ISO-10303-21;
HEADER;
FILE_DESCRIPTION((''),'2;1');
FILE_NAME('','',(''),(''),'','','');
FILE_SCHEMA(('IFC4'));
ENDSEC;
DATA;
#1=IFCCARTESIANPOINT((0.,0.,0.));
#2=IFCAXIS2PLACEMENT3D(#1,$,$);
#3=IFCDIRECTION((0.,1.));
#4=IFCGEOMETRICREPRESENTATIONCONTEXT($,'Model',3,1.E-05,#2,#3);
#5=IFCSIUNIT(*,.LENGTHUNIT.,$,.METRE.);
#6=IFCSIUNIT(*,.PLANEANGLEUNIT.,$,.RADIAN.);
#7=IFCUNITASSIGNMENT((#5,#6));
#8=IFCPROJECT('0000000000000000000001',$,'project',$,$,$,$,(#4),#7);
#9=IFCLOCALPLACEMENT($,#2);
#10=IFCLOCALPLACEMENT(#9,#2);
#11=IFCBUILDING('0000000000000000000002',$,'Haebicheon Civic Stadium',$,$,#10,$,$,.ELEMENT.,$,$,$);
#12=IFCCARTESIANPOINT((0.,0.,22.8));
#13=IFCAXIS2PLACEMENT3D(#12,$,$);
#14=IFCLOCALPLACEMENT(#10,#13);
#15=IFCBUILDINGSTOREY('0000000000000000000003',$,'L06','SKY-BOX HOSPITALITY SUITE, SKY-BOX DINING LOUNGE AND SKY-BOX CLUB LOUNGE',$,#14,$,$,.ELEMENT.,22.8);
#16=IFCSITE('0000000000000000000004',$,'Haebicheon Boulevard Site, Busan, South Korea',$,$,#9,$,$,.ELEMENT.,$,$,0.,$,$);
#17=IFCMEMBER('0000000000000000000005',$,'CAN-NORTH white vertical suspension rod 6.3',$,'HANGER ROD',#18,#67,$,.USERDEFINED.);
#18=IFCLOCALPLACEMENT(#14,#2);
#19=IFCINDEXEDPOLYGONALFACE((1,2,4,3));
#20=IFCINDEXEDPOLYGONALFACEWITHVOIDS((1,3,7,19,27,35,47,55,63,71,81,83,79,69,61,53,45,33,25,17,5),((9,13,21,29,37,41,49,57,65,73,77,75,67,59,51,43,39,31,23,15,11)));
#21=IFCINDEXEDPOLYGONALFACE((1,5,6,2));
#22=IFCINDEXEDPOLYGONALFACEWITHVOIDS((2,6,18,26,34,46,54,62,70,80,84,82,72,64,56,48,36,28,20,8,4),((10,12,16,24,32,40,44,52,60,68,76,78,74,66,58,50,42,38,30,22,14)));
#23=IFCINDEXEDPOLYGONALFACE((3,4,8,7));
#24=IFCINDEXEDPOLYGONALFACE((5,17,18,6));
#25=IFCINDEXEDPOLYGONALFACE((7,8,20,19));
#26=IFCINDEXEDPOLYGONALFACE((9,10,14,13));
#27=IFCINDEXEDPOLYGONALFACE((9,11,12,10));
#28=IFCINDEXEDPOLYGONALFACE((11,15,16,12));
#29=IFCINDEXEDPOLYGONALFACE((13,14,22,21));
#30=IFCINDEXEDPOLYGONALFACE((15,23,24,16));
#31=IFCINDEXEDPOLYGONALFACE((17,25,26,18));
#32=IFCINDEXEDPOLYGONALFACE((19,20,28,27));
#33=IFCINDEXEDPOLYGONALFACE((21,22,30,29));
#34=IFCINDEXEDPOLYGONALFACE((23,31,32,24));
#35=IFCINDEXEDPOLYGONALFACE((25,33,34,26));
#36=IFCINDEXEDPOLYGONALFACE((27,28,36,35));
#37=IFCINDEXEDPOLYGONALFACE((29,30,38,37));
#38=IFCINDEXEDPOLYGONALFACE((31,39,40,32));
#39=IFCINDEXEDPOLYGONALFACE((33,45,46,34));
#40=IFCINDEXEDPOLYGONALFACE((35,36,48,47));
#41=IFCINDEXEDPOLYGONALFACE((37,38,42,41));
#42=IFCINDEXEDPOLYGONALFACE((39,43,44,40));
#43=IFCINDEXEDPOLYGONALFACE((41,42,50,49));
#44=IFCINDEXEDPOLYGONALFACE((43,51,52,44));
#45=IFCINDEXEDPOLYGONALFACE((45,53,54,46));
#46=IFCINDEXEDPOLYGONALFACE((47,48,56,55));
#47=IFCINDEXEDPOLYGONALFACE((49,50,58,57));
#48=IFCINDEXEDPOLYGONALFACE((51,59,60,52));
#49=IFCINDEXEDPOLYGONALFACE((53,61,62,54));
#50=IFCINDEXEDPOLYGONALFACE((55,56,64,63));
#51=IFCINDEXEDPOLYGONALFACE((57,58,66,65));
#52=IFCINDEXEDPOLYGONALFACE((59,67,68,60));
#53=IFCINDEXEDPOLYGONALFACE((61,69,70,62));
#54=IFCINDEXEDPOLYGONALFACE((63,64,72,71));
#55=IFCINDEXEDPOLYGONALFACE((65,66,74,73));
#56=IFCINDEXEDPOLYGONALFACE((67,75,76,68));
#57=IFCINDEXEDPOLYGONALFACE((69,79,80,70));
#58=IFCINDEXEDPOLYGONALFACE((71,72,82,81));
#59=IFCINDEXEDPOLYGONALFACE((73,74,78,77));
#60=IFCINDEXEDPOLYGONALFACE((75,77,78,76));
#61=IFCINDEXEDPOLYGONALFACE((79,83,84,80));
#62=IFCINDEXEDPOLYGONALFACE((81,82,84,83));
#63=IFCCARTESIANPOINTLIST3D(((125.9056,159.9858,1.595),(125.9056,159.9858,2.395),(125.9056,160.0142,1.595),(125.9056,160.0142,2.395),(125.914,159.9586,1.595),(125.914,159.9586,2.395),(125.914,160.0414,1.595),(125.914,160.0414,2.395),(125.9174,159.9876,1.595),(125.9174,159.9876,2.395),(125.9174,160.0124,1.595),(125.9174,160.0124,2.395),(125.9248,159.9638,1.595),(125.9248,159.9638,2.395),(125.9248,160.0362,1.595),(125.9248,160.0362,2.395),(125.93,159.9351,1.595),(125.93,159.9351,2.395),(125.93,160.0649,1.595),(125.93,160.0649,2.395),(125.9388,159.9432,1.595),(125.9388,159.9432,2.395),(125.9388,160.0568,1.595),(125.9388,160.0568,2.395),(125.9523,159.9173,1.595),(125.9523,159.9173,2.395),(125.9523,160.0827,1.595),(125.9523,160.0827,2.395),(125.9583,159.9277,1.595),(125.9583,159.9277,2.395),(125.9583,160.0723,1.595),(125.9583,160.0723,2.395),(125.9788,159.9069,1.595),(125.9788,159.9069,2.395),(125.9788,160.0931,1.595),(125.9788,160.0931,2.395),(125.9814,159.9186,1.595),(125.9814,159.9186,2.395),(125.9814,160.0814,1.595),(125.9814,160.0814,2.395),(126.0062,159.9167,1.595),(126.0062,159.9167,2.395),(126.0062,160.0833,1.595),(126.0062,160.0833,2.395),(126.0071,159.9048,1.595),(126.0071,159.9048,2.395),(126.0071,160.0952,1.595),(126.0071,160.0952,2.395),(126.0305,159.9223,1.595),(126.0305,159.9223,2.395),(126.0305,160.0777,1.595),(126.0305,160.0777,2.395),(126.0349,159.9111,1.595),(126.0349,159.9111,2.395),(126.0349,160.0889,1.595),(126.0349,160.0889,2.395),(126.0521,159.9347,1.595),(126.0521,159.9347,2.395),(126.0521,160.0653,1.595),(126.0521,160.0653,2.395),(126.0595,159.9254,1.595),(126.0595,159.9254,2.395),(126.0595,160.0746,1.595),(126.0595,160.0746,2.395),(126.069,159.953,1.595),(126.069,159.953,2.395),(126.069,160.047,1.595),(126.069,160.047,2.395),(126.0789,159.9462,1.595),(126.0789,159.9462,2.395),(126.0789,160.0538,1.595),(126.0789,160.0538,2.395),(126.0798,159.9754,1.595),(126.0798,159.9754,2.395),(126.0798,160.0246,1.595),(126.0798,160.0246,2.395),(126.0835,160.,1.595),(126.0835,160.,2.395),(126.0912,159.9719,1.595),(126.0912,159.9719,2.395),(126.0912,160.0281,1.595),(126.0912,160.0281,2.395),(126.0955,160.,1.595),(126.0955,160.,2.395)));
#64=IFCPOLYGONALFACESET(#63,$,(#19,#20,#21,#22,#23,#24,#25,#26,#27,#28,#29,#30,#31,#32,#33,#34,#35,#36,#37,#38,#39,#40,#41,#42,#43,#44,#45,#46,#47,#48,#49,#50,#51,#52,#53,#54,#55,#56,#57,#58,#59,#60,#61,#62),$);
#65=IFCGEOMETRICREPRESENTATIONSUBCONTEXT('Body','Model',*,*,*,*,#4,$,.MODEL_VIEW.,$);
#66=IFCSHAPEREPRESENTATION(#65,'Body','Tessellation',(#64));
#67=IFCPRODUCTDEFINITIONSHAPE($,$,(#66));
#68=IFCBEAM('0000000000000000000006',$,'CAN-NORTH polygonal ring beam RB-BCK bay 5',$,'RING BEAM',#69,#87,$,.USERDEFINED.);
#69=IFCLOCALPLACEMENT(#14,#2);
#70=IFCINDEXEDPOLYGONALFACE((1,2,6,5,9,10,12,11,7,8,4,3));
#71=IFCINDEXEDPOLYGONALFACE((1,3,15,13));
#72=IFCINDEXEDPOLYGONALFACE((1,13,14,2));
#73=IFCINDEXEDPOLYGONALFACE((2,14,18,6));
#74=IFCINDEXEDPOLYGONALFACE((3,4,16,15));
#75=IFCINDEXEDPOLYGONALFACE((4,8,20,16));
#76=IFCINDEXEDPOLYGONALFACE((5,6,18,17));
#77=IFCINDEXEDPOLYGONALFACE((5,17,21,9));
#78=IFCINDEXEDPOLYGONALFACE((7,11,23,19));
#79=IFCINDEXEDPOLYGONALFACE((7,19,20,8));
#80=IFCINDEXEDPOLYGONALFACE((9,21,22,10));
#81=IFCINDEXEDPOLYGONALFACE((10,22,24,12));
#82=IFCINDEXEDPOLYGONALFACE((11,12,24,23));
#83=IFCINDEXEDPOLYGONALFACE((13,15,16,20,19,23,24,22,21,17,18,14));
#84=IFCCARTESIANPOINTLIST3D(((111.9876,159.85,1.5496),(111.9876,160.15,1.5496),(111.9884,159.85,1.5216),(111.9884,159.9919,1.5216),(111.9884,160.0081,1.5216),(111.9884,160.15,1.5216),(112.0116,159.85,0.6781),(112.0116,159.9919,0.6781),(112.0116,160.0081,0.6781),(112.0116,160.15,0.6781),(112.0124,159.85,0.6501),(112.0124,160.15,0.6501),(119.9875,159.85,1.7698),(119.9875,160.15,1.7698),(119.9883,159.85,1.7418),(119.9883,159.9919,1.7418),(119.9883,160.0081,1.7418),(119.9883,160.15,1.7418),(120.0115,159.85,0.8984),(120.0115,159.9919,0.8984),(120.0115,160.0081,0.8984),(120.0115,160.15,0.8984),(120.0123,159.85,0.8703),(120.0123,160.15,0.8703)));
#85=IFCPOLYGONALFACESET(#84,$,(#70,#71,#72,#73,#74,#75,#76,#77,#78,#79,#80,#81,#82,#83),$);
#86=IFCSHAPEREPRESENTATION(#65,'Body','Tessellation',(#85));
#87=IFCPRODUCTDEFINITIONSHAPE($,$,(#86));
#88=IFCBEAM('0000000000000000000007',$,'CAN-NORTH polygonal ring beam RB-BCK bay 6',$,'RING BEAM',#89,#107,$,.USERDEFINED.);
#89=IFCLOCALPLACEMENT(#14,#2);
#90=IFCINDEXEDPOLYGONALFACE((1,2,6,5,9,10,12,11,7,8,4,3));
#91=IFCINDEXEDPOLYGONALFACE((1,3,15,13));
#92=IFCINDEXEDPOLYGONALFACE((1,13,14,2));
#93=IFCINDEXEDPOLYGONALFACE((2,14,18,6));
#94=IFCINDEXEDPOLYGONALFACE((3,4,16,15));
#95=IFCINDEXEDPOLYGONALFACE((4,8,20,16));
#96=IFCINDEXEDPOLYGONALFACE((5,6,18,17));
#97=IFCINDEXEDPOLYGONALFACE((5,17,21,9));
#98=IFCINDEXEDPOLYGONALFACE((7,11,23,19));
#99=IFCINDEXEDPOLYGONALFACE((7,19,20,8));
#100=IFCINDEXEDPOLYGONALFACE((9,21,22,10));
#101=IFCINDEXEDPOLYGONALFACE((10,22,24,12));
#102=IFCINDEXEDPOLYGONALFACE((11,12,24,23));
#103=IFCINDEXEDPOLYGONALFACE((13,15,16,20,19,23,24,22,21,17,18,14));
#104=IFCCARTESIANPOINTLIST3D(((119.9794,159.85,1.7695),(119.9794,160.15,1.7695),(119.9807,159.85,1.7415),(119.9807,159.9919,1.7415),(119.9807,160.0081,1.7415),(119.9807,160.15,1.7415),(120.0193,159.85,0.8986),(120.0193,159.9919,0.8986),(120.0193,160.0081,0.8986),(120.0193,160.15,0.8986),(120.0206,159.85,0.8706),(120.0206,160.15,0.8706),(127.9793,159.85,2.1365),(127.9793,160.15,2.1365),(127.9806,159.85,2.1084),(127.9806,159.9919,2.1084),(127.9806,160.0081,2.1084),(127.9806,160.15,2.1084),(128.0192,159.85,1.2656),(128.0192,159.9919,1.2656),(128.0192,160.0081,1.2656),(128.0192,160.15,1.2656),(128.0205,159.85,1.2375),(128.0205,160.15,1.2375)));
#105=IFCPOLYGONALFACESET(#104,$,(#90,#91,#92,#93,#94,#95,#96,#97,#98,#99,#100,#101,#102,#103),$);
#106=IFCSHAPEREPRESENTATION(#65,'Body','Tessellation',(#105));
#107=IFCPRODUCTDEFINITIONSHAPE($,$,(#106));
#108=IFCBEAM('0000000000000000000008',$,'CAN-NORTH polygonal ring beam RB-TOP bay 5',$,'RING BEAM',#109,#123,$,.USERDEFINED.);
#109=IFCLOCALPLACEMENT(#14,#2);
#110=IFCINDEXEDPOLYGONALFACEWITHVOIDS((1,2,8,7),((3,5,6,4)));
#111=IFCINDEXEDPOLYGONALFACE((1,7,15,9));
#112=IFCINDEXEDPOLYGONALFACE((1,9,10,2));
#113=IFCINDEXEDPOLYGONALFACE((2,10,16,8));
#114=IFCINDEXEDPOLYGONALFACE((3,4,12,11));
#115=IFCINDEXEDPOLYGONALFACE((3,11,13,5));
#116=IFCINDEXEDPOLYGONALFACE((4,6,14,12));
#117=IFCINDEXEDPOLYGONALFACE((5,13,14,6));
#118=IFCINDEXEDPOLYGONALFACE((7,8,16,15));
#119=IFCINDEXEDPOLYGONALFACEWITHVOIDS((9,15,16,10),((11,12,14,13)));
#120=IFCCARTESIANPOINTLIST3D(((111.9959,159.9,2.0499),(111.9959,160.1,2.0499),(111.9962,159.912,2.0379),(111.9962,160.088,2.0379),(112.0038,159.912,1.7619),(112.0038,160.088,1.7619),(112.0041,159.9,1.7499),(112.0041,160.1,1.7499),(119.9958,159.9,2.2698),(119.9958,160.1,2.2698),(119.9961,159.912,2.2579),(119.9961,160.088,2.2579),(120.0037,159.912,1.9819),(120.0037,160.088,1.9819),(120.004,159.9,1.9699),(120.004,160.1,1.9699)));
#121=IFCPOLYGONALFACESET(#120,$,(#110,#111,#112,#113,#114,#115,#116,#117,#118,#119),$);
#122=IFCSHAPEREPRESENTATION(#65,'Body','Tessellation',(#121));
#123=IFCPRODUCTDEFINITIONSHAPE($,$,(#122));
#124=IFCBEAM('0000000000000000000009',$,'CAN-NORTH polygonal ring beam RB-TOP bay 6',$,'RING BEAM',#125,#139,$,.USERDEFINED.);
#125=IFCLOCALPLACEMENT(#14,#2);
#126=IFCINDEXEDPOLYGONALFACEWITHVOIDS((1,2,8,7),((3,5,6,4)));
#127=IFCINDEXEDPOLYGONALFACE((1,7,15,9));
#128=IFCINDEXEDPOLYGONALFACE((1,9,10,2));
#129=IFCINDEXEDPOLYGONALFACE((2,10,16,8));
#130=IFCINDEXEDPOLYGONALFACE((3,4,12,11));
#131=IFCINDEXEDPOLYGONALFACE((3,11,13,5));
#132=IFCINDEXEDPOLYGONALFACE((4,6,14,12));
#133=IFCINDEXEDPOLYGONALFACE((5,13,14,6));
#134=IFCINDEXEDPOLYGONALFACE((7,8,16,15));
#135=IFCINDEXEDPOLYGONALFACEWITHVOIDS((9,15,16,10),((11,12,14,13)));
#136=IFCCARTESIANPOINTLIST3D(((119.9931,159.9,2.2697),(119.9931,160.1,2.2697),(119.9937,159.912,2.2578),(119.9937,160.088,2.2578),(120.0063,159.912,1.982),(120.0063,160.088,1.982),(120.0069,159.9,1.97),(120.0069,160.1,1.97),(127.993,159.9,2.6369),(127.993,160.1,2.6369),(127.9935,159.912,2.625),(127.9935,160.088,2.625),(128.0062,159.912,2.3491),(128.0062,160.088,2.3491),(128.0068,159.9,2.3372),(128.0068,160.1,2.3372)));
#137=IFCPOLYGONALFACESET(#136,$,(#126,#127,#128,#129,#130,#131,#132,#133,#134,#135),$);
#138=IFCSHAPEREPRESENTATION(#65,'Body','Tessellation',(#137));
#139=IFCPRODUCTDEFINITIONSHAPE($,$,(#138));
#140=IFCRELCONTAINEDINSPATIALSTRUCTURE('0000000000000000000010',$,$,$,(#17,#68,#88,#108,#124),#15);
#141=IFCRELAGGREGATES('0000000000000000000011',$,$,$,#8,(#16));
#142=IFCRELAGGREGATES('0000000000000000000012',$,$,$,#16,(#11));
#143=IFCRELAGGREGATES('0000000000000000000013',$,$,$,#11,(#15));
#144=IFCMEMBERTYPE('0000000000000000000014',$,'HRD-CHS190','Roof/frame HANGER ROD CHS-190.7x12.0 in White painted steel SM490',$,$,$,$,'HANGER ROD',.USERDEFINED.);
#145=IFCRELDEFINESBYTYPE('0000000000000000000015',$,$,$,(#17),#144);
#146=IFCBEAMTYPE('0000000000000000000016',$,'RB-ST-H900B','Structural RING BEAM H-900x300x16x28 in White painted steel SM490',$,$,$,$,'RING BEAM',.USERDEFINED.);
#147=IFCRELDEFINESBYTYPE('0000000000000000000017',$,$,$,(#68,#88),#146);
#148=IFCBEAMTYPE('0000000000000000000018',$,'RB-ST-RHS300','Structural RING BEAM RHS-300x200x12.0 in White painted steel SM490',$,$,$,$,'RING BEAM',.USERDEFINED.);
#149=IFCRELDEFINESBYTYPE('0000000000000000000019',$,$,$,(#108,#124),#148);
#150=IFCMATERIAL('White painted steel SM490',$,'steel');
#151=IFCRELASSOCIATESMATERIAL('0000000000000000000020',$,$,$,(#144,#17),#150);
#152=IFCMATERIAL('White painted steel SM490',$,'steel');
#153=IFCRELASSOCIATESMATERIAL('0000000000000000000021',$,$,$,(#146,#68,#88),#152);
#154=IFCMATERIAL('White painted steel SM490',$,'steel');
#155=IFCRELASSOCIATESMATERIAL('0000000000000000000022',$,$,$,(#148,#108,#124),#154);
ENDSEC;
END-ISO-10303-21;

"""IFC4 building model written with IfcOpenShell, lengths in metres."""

from ifc_helpers import new_model, si_unit, direction, frame, origin, origin_2d, place, context, subcontext, project, spatial, hollow_rectangle, hollow_circle, i_section, extrude, material, material_profile, profile_set, type_object, element, save


model = new_model("IFC4")

# Units and contexts
model_context = context("Model", 3, precision=1e-05, world=origin(), true_north=direction((0.0, 1.0)))
body_context = subcontext(model_context, "Body", "Model", "MODEL_VIEW")
ifc_project = project(units=[si_unit("LENGTHUNIT", "METRE"), si_unit("PLANEANGLEUNIT", "RADIAN")], contexts=[model_context])

# Site, building, storey
site_placement = place(None, origin())
site = spatial("IfcSite", under=ifc_project, at=site_placement, Name="Haebicheon Boulevard Site, Busan, South Korea", CompositionType="ELEMENT", RefElevation=0.0)
building_placement = place(site_placement, origin())
building = spatial("IfcBuilding", under=site, at=building_placement, Name="Haebicheon Civic Stadium", CompositionType="ELEMENT")
storey_placement = place(building_placement, frame((0.0, 0.0, 22.8)))
storey = spatial("IfcBuildingStorey", under=building, at=storey_placement, Name="L06", Description="SKY-BOX HOSPITALITY SUITE, SKY-BOX DINING LOUNGE AND SKY-BOX CLUB LOUNGE", CompositionType="ELEMENT", Elevation=22.8)

# Member
ifc_material_1 = material(Name="White painted steel SM490", Category="steel")
ifc_material_profile_1 = material_profile(ifc_material_1, hollow_circle(Radius=0.0955, WallThickness=0.012, at=origin_2d()), Name="CHS-190.7x12.0")
ifc_profile_set_1 = profile_set([ifc_material_profile_1], Name="White painted steel SM490")
member_type_1 = type_object("IfcMemberType", Name="HRD-CHS190", Description="Roof/frame HANGER ROD CHS-190.7x12.0 in White painted steel SM490", ElementType="HANGER ROD", PredefinedType="USERDEFINED", material=ifc_profile_set_1)
for number, where, z_axis, x_axis, name in (
    (1, (126.0, 160.0, 1.595), (0.0, 0.0, 1.0), (1.0, 0.0, 0.0), "CAN-NORTH white vertical suspension rod 6.3"),
):
    element("IfcMember", number, at=place(storey_placement, frame(where, z_axis=z_axis, x_axis=x_axis)), inside=storey, type_object=member_type_1, material=ifc_profile_set_1, Name=name, ObjectType="HANGER ROD", PredefinedType="USERDEFINED", context=body_context, shape_type="SweptSolid", body=[
        extrude(hollow_circle(Radius=0.0955, WallThickness=0.012, at=origin_2d()), origin(), (0.0, 0.0, 1.0), 0.8),
    ])

# Beams
ifc_material_2 = material(Name="White painted steel SM490", Category="steel")
ifc_material_profile_2 = material_profile(ifc_material_2, i_section(OverallWidth=0.3, OverallDepth=0.8999, WebThickness=0.0161, FlangeThickness=0.0281, at=origin_2d()), Name="H-900x300x16x28")
ifc_profile_set_2 = profile_set([ifc_material_profile_2], Name="White painted steel SM490")
beam_type_1 = type_object("IfcBeamType", Name="RB-ST-H900B", Description="Structural RING BEAM H-900x300x16x28 in White painted steel SM490", ElementType="RING BEAM", PredefinedType="USERDEFINED", material=ifc_profile_set_2)
beam_1_placement = place(storey_placement, frame((112.0, 160.0, 1.0999), z_axis=(0.999621, 0.0, 0.027516), x_axis=(0.0, 1.0, 0.0)))
element("IfcBeam", 2, at=beam_1_placement, inside=storey, type_object=beam_type_1, material=ifc_profile_set_2, Name="CAN-NORTH polygonal ring beam RB-BCK bay 5", ObjectType="RING BEAM", PredefinedType="USERDEFINED", context=body_context, shape_type="SweptSolid", body=[
    extrude(i_section(OverallWidth=0.3, OverallDepth=0.8999, WebThickness=0.0161, FlangeThickness=0.0281, at=origin_2d()), origin(), (0.0, 0.0, 1.0), 8.0029),
])
beam_2_placement = place(storey_placement, frame((120.0, 160.0, 1.3201), z_axis=(0.99895, 0.0, 0.04582), x_axis=(0.0, 1.0, 0.0)))
element("IfcBeam", 3, at=beam_2_placement, inside=storey, type_object=beam_type_1, material=ifc_profile_set_2, Name="CAN-NORTH polygonal ring beam RB-BCK bay 6", ObjectType="RING BEAM", PredefinedType="USERDEFINED", context=body_context, shape_type="SweptSolid", body=[
    extrude(i_section(OverallWidth=0.3, OverallDepth=0.8999, WebThickness=0.0161, FlangeThickness=0.0281, at=origin_2d()), origin(), (0.0, 0.0, 1.0), 8.0083),
])
ifc_material_3 = material(Name="White painted steel SM490", Category="steel")
ifc_material_profile_3 = material_profile(ifc_material_3, hollow_rectangle(XDim=0.2, YDim=0.3, WallThickness=0.012, at=origin_2d()), Name="RHS-300x200x12.0")
ifc_profile_set_3 = profile_set([ifc_material_profile_3], Name="White painted steel SM490")
beam_type_2 = type_object("IfcBeamType", Name="RB-ST-RHS300", Description="Structural RING BEAM RHS-300x200x12.0 in White painted steel SM490", ElementType="RING BEAM", PredefinedType="USERDEFINED", material=ifc_profile_set_3)
beam_3_placement = place(storey_placement, frame((112.0, 160.0, 1.8999), z_axis=(0.999622, 0.0, 0.027486), x_axis=(0.0, 1.0, 0.0)))
element("IfcBeam", 4, at=beam_3_placement, inside=storey, type_object=beam_type_2, material=ifc_profile_set_3, Name="CAN-NORTH polygonal ring beam RB-TOP bay 5", ObjectType="RING BEAM", PredefinedType="USERDEFINED", context=body_context, shape_type="SweptSolid", body=[
    extrude(hollow_rectangle(XDim=0.2, YDim=0.3, WallThickness=0.012, at=origin_2d()), origin(), (0.0, 0.0, 1.0), 8.0029),
])
beam_4_placement = place(storey_placement, frame((120.0, 160.0, 2.1199), z_axis=(0.998948, 0.0, 0.04585), x_axis=(0.0, 1.0, 0.0)))
element("IfcBeam", 5, at=beam_4_placement, inside=storey, type_object=beam_type_2, material=ifc_profile_set_3, Name="CAN-NORTH polygonal ring beam RB-TOP bay 6", ObjectType="RING BEAM", PredefinedType="USERDEFINED", context=body_context, shape_type="SweptSolid", body=[
    extrude(hollow_rectangle(XDim=0.2, YDim=0.3, WallThickness=0.012, at=origin_2d()), origin(), (0.0, 0.0, 1.0), 8.0083),
])

save(model, "model.ifc")
